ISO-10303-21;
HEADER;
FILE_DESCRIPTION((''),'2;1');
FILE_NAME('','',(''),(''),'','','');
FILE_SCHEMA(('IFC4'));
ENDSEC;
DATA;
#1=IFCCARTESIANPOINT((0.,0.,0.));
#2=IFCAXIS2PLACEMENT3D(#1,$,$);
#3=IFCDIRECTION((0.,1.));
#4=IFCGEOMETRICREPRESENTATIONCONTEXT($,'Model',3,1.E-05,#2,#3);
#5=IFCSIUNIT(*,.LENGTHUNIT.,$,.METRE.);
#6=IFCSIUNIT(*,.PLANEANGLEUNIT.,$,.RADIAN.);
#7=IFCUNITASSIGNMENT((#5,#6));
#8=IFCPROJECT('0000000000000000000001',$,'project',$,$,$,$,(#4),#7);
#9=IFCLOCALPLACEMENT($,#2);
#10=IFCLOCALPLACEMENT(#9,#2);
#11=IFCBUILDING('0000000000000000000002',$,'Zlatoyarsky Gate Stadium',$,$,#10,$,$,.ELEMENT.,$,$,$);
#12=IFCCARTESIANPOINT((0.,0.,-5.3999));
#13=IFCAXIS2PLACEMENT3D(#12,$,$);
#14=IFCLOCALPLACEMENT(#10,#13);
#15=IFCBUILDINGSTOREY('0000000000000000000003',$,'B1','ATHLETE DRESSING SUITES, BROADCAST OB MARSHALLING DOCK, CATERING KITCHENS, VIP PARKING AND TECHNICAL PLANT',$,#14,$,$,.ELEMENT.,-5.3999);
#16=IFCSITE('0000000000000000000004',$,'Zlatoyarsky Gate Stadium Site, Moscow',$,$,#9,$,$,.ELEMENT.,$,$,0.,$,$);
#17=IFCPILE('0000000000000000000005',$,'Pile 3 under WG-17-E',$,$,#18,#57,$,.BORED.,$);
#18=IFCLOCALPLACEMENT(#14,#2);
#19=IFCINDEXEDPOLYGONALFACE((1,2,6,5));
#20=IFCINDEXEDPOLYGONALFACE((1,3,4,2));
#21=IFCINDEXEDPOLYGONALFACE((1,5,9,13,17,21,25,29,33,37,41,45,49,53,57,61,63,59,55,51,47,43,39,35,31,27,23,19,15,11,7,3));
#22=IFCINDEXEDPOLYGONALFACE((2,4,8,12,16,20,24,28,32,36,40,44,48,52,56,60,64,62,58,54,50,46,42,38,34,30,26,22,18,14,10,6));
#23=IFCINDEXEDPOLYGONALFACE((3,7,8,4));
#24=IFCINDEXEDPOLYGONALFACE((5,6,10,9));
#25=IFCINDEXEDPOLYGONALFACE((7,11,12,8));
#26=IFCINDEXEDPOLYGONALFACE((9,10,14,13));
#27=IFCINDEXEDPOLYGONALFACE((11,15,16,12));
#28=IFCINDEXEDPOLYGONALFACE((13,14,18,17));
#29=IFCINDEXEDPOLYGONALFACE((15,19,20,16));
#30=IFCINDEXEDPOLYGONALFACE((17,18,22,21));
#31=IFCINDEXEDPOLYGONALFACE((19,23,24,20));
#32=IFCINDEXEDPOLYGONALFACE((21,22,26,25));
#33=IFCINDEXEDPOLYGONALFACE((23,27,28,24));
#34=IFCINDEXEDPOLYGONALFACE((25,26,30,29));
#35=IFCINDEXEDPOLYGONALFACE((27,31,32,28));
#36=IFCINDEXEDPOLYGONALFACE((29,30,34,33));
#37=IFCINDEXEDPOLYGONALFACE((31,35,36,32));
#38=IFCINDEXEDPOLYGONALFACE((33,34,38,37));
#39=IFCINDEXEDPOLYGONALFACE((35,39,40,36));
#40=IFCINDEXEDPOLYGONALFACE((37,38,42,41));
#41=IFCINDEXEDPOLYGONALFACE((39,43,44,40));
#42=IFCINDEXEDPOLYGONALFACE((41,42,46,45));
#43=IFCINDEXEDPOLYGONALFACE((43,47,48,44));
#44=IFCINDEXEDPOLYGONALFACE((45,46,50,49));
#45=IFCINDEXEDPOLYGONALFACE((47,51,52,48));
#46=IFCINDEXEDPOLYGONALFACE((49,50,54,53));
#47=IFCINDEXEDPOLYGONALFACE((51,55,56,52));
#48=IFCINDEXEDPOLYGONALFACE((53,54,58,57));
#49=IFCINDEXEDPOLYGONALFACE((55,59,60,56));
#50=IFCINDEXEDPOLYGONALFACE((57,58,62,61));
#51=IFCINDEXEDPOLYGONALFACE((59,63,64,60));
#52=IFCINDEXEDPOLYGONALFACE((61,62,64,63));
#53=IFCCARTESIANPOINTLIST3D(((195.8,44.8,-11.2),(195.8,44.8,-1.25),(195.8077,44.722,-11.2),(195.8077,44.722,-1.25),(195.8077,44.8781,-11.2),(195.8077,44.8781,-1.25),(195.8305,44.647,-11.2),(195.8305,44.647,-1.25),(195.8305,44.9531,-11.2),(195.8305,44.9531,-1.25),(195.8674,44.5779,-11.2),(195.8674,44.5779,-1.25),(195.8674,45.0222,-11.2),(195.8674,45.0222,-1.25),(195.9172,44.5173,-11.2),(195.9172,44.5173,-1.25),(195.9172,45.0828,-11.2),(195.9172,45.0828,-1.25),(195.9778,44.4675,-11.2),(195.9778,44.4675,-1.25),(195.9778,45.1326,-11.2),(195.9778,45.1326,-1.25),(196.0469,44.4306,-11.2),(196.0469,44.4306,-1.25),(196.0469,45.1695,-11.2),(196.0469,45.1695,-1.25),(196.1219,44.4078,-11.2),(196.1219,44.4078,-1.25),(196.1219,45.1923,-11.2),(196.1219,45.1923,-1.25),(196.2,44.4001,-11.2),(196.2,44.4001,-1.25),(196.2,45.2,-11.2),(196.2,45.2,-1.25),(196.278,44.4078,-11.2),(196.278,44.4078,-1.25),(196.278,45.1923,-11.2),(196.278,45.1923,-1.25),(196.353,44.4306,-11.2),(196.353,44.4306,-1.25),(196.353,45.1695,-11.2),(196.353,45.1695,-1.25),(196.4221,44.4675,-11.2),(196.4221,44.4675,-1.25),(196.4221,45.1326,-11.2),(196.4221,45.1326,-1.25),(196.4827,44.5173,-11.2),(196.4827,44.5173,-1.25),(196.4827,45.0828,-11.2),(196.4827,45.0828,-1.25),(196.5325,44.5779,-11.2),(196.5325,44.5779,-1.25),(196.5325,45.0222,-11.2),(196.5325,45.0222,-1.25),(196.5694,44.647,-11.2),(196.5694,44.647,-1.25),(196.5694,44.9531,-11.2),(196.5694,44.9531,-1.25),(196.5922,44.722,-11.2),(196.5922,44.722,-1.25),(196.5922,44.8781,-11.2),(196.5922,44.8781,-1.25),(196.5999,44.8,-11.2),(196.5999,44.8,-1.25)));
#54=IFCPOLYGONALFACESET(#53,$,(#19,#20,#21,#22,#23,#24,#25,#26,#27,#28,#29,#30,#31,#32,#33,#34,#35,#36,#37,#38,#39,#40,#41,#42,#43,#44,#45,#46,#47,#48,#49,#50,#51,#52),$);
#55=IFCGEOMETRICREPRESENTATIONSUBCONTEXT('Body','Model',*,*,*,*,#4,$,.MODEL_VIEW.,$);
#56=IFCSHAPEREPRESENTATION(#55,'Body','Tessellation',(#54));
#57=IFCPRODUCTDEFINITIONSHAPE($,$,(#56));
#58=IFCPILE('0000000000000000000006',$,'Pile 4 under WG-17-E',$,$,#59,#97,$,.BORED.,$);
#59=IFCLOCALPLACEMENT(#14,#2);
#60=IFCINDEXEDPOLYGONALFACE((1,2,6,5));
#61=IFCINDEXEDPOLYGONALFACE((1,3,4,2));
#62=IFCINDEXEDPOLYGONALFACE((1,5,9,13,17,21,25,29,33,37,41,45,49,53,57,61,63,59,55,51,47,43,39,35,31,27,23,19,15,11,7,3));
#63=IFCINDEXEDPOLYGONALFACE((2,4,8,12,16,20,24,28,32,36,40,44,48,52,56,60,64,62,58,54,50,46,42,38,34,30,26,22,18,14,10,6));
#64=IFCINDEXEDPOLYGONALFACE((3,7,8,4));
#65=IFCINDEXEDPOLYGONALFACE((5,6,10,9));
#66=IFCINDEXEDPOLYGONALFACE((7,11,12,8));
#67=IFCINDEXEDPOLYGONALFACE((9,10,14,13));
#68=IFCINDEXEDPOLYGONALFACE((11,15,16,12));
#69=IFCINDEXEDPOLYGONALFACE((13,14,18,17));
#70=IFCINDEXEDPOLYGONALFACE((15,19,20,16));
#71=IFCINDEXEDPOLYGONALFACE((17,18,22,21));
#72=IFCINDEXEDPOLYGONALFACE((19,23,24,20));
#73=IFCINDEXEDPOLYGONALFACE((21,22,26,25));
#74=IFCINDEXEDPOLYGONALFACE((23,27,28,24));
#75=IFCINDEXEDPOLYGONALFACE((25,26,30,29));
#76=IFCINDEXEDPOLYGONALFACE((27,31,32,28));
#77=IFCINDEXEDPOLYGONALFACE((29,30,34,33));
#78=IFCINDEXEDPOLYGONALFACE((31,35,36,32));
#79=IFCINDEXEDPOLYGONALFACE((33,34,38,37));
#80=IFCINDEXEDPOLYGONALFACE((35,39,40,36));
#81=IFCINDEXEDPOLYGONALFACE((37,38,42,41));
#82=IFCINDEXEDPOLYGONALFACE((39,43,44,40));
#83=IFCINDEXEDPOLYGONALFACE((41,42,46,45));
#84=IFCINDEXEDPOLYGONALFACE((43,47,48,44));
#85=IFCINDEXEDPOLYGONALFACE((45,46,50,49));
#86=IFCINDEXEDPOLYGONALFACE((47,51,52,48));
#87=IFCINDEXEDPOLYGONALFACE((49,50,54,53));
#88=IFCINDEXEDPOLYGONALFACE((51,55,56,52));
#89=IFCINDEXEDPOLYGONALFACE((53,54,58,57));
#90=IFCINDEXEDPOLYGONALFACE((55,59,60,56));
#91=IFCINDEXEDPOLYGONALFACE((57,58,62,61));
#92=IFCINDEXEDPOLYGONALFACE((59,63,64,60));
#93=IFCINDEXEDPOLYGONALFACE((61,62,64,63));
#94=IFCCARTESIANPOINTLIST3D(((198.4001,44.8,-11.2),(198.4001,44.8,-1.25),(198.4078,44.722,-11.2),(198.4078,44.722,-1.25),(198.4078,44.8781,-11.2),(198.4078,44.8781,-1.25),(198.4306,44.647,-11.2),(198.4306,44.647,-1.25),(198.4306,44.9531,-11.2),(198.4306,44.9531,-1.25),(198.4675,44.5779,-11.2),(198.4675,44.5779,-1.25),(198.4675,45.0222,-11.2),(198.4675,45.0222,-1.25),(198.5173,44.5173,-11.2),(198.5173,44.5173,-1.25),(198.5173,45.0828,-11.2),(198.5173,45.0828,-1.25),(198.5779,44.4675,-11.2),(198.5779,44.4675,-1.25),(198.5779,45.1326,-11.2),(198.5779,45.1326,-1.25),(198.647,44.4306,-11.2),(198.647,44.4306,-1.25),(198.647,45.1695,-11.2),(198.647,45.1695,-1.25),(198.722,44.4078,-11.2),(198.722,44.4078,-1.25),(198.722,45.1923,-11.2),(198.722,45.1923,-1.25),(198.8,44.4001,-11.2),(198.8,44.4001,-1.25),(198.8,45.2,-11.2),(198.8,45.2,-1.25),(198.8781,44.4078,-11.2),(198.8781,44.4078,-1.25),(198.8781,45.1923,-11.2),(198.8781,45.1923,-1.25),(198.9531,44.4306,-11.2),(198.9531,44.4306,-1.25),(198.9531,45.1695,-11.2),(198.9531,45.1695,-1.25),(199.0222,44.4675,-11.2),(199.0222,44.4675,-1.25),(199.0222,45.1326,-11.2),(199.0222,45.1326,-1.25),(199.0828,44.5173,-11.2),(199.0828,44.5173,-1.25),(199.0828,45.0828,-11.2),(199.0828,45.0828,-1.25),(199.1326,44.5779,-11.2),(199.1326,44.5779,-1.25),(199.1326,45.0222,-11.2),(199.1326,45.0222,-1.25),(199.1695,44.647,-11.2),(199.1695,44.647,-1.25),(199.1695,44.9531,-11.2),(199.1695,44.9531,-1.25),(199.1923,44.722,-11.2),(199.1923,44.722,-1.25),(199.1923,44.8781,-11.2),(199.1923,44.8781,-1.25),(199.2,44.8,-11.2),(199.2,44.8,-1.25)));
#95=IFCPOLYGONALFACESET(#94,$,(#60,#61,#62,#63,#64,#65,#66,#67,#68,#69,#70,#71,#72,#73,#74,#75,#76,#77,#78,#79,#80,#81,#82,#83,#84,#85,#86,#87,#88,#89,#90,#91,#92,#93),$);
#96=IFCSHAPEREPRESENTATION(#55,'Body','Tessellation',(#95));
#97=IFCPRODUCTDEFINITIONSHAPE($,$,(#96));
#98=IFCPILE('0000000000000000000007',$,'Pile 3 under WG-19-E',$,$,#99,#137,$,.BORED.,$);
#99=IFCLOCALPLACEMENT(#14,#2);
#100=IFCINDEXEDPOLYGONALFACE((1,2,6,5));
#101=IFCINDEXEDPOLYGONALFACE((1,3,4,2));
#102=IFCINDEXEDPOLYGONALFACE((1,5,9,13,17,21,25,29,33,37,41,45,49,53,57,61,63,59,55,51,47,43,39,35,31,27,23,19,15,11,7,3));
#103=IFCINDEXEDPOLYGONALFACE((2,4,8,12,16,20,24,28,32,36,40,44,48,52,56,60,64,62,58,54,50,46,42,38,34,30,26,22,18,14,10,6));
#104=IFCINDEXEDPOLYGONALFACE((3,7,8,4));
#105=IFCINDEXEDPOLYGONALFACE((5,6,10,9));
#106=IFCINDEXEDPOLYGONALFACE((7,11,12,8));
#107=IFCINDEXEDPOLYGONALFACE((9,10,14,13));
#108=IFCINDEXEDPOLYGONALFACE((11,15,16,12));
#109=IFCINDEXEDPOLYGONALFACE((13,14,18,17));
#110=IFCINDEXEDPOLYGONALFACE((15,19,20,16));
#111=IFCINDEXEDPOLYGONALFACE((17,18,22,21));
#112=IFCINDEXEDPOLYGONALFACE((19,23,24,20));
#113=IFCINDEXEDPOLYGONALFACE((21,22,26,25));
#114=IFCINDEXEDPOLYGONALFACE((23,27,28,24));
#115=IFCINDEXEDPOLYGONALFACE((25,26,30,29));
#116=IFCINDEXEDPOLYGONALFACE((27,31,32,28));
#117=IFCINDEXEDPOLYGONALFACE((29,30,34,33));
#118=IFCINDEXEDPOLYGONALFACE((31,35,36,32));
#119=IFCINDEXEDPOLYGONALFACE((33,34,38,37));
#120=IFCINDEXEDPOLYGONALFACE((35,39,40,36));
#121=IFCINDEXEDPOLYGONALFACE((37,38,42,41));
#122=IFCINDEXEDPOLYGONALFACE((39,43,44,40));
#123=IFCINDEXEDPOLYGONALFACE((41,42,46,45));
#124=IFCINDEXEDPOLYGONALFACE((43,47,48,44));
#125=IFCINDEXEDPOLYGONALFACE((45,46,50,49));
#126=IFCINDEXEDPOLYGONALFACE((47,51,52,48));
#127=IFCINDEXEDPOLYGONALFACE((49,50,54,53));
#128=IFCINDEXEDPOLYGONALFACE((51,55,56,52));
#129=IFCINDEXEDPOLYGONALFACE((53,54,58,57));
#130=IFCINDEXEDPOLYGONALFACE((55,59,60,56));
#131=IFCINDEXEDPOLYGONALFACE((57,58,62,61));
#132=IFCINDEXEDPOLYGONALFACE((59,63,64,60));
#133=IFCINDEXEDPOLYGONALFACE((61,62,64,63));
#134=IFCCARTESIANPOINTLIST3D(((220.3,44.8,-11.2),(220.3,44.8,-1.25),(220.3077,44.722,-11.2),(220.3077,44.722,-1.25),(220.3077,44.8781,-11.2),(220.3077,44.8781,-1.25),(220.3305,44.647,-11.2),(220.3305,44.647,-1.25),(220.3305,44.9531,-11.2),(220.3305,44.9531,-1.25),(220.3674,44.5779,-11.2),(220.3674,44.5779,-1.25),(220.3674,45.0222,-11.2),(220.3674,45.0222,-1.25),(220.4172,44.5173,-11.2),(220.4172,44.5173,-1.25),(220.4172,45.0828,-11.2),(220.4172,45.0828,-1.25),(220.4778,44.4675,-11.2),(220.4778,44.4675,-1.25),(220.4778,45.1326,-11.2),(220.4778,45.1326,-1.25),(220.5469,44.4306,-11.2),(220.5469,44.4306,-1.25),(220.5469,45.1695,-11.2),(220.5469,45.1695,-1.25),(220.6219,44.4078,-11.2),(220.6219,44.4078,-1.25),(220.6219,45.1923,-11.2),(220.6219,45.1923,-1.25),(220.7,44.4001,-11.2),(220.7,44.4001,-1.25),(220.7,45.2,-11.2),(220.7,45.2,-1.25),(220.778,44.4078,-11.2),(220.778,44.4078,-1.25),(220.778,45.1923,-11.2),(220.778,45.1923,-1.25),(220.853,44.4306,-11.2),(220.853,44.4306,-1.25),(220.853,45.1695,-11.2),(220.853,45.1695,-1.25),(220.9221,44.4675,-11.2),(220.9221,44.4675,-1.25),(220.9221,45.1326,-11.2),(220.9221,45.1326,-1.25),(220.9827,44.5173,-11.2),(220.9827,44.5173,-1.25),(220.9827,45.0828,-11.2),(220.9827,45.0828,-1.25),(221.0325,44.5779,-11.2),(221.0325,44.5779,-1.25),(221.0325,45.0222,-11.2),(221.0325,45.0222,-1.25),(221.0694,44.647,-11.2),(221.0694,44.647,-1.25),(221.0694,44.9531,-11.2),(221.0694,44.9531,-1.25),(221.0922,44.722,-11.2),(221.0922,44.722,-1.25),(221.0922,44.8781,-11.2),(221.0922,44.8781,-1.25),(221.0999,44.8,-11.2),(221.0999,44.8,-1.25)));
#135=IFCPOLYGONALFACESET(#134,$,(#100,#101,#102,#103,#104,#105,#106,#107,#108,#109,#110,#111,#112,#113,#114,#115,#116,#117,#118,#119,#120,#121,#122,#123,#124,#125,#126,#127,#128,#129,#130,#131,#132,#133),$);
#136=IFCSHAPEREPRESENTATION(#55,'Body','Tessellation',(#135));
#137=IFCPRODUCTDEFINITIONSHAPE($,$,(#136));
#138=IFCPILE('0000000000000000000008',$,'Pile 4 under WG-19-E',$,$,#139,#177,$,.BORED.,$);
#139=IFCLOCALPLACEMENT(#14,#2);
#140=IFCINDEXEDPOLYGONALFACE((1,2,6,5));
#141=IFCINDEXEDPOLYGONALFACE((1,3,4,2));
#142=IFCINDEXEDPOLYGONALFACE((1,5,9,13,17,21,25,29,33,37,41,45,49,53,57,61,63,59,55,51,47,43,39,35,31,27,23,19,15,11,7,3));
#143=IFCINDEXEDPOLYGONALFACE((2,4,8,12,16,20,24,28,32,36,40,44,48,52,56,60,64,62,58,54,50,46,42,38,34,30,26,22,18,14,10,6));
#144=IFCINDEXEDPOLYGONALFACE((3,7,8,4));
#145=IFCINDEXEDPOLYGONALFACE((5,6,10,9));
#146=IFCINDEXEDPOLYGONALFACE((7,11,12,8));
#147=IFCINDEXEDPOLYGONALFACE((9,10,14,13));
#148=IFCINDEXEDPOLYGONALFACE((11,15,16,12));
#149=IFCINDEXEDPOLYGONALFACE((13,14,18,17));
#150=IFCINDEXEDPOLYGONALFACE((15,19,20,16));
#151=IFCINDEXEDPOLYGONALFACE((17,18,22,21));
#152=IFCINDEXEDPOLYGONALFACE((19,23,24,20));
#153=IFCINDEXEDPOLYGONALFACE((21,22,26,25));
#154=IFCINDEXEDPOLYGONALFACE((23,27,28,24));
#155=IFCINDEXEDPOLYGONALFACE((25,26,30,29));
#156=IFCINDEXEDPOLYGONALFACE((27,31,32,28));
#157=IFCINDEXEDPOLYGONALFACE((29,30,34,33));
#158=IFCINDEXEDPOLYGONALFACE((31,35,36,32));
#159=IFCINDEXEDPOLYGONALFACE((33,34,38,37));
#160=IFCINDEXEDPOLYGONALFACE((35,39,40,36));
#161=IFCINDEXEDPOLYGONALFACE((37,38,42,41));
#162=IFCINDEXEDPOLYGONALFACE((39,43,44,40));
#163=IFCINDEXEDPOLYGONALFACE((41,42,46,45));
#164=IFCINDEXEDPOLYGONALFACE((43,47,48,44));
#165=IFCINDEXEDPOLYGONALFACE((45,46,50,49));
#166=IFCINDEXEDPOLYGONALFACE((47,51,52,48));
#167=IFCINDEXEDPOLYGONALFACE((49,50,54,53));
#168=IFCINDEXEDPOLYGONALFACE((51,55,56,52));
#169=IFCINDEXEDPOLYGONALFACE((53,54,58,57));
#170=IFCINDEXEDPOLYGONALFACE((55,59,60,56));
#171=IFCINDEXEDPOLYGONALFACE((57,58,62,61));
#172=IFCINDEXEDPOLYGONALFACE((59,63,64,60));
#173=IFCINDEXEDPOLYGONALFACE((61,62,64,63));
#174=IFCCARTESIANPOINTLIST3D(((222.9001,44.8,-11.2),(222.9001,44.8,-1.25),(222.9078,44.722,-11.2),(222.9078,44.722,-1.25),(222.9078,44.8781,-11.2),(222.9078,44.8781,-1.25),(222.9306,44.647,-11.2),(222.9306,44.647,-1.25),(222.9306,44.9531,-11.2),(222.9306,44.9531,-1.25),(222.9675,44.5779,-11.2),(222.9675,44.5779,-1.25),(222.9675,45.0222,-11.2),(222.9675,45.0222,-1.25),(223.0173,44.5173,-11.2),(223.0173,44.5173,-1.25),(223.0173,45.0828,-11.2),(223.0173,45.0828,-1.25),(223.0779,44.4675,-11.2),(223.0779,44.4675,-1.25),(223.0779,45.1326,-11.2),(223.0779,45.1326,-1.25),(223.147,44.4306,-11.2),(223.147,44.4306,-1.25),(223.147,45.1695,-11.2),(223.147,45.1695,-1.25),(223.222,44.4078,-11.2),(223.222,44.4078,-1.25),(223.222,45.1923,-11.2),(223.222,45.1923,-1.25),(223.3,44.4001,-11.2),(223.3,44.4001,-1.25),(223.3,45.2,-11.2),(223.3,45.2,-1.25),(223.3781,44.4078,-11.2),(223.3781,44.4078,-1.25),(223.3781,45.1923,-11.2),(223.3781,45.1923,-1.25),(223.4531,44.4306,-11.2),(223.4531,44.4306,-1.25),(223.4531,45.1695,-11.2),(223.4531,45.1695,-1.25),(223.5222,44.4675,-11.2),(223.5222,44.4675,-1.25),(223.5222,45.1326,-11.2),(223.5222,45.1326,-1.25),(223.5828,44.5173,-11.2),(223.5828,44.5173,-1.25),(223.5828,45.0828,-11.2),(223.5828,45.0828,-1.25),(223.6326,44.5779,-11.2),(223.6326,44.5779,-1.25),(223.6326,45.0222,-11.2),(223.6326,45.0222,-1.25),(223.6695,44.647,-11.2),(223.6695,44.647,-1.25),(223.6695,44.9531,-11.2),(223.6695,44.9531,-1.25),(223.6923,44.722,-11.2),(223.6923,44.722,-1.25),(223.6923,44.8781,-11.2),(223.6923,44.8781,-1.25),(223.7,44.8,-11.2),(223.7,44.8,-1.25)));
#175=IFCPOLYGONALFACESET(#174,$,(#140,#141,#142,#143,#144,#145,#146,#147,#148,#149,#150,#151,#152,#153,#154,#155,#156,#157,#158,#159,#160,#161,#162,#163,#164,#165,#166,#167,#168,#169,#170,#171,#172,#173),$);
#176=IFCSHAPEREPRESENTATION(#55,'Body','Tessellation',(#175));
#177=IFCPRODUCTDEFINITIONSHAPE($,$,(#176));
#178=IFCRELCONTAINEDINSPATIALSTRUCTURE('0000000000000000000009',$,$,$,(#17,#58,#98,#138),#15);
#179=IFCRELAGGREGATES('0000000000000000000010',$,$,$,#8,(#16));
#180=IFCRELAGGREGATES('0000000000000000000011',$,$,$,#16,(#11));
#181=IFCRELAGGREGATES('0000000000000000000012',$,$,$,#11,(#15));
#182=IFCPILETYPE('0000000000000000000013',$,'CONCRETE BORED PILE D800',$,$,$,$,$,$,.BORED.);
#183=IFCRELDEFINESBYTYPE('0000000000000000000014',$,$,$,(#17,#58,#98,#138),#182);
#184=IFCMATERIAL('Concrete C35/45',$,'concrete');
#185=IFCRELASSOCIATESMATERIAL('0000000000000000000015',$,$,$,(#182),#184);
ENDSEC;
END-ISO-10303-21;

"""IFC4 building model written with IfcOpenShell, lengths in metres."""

from ifc_helpers import new_model, si_unit, direction, frame, origin, origin_2d, place, context, subcontext, project, spatial, circle, extrude, material, material_profile, profile_set, type_object, element, save


model = new_model("IFC4")

# Units and contexts
model_context = context("Model", 3, precision=1e-05, world=origin(), true_north=direction((0.0, 1.0)))
body_context = subcontext(model_context, "Body", "Model", "MODEL_VIEW")
ifc_project = project(units=[si_unit("LENGTHUNIT", "METRE"), si_unit("PLANEANGLEUNIT", "RADIAN")], contexts=[model_context])

# Site, building, storey
site_placement = place(None, origin())
site = spatial("IfcSite", under=ifc_project, at=site_placement, Name="Zlatoyarsky Gate Stadium Site, Moscow", CompositionType="ELEMENT", RefElevation=0.0)
building_placement = place(site_placement, origin())
building = spatial("IfcBuilding", under=site, at=building_placement, Name="Zlatoyarsky Gate Stadium", CompositionType="ELEMENT")
storey_placement = place(building_placement, frame((0.0, 0.0, -5.3999)))
storey = spatial("IfcBuildingStorey", under=building, at=storey_placement, Name="B1", Description="ATHLETE DRESSING SUITES, BROADCAST OB MARSHALLING DOCK, CATERING KITCHENS, VIP PARKING AND TECHNICAL PLANT", CompositionType="ELEMENT", Elevation=-5.3999)

# Piles
ifc_material_1 = material(Name="Concrete C35/45", Category="concrete")
ifc_material_profile_1 = material_profile(ifc_material_1, circle(Radius=0.3999, at=origin_2d()), Name="BORED PILE D800")
ifc_profile_set_1 = profile_set([ifc_material_profile_1], Name="Concrete C35/45")
pile_type_1 = type_object("IfcPileType", Name="CONCRETE BORED PILE D800", PredefinedType="BORED", material=ifc_profile_set_1)
for number, where, z_axis, x_axis, name in (
    (1, (196.2, 44.8, -1.25), (0.0, 0.0, -1.0), (1.0, 0.0, 0.0), "Pile 3 under WG-17-E"),
    (2, (198.8, 44.8, -1.25), (0.0, 0.0, -1.0), (1.0, 0.0, 0.0), "Pile 4 under WG-17-E"),
    (3, (220.7, 44.8, -1.25), (0.0, 0.0, -1.0), (1.0, 0.0, 0.0), "Pile 3 under WG-19-E"),
    (4, (223.3, 44.8, -1.25), (0.0, 0.0, -1.0), (1.0, 0.0, 0.0), "Pile 4 under WG-19-E"),
):
    element("IfcPile", number, at=place(storey_placement, frame(where, z_axis=z_axis, x_axis=x_axis)), inside=storey, type_object=pile_type_1, Name=name, PredefinedType="BORED", context=body_context, shape_type="SweptSolid", body=[
        extrude(circle(Radius=0.3999, at=origin_2d()), origin(), (0.0, 0.0, 1.0), 9.95),
    ])

save(model, "model.ifc")
